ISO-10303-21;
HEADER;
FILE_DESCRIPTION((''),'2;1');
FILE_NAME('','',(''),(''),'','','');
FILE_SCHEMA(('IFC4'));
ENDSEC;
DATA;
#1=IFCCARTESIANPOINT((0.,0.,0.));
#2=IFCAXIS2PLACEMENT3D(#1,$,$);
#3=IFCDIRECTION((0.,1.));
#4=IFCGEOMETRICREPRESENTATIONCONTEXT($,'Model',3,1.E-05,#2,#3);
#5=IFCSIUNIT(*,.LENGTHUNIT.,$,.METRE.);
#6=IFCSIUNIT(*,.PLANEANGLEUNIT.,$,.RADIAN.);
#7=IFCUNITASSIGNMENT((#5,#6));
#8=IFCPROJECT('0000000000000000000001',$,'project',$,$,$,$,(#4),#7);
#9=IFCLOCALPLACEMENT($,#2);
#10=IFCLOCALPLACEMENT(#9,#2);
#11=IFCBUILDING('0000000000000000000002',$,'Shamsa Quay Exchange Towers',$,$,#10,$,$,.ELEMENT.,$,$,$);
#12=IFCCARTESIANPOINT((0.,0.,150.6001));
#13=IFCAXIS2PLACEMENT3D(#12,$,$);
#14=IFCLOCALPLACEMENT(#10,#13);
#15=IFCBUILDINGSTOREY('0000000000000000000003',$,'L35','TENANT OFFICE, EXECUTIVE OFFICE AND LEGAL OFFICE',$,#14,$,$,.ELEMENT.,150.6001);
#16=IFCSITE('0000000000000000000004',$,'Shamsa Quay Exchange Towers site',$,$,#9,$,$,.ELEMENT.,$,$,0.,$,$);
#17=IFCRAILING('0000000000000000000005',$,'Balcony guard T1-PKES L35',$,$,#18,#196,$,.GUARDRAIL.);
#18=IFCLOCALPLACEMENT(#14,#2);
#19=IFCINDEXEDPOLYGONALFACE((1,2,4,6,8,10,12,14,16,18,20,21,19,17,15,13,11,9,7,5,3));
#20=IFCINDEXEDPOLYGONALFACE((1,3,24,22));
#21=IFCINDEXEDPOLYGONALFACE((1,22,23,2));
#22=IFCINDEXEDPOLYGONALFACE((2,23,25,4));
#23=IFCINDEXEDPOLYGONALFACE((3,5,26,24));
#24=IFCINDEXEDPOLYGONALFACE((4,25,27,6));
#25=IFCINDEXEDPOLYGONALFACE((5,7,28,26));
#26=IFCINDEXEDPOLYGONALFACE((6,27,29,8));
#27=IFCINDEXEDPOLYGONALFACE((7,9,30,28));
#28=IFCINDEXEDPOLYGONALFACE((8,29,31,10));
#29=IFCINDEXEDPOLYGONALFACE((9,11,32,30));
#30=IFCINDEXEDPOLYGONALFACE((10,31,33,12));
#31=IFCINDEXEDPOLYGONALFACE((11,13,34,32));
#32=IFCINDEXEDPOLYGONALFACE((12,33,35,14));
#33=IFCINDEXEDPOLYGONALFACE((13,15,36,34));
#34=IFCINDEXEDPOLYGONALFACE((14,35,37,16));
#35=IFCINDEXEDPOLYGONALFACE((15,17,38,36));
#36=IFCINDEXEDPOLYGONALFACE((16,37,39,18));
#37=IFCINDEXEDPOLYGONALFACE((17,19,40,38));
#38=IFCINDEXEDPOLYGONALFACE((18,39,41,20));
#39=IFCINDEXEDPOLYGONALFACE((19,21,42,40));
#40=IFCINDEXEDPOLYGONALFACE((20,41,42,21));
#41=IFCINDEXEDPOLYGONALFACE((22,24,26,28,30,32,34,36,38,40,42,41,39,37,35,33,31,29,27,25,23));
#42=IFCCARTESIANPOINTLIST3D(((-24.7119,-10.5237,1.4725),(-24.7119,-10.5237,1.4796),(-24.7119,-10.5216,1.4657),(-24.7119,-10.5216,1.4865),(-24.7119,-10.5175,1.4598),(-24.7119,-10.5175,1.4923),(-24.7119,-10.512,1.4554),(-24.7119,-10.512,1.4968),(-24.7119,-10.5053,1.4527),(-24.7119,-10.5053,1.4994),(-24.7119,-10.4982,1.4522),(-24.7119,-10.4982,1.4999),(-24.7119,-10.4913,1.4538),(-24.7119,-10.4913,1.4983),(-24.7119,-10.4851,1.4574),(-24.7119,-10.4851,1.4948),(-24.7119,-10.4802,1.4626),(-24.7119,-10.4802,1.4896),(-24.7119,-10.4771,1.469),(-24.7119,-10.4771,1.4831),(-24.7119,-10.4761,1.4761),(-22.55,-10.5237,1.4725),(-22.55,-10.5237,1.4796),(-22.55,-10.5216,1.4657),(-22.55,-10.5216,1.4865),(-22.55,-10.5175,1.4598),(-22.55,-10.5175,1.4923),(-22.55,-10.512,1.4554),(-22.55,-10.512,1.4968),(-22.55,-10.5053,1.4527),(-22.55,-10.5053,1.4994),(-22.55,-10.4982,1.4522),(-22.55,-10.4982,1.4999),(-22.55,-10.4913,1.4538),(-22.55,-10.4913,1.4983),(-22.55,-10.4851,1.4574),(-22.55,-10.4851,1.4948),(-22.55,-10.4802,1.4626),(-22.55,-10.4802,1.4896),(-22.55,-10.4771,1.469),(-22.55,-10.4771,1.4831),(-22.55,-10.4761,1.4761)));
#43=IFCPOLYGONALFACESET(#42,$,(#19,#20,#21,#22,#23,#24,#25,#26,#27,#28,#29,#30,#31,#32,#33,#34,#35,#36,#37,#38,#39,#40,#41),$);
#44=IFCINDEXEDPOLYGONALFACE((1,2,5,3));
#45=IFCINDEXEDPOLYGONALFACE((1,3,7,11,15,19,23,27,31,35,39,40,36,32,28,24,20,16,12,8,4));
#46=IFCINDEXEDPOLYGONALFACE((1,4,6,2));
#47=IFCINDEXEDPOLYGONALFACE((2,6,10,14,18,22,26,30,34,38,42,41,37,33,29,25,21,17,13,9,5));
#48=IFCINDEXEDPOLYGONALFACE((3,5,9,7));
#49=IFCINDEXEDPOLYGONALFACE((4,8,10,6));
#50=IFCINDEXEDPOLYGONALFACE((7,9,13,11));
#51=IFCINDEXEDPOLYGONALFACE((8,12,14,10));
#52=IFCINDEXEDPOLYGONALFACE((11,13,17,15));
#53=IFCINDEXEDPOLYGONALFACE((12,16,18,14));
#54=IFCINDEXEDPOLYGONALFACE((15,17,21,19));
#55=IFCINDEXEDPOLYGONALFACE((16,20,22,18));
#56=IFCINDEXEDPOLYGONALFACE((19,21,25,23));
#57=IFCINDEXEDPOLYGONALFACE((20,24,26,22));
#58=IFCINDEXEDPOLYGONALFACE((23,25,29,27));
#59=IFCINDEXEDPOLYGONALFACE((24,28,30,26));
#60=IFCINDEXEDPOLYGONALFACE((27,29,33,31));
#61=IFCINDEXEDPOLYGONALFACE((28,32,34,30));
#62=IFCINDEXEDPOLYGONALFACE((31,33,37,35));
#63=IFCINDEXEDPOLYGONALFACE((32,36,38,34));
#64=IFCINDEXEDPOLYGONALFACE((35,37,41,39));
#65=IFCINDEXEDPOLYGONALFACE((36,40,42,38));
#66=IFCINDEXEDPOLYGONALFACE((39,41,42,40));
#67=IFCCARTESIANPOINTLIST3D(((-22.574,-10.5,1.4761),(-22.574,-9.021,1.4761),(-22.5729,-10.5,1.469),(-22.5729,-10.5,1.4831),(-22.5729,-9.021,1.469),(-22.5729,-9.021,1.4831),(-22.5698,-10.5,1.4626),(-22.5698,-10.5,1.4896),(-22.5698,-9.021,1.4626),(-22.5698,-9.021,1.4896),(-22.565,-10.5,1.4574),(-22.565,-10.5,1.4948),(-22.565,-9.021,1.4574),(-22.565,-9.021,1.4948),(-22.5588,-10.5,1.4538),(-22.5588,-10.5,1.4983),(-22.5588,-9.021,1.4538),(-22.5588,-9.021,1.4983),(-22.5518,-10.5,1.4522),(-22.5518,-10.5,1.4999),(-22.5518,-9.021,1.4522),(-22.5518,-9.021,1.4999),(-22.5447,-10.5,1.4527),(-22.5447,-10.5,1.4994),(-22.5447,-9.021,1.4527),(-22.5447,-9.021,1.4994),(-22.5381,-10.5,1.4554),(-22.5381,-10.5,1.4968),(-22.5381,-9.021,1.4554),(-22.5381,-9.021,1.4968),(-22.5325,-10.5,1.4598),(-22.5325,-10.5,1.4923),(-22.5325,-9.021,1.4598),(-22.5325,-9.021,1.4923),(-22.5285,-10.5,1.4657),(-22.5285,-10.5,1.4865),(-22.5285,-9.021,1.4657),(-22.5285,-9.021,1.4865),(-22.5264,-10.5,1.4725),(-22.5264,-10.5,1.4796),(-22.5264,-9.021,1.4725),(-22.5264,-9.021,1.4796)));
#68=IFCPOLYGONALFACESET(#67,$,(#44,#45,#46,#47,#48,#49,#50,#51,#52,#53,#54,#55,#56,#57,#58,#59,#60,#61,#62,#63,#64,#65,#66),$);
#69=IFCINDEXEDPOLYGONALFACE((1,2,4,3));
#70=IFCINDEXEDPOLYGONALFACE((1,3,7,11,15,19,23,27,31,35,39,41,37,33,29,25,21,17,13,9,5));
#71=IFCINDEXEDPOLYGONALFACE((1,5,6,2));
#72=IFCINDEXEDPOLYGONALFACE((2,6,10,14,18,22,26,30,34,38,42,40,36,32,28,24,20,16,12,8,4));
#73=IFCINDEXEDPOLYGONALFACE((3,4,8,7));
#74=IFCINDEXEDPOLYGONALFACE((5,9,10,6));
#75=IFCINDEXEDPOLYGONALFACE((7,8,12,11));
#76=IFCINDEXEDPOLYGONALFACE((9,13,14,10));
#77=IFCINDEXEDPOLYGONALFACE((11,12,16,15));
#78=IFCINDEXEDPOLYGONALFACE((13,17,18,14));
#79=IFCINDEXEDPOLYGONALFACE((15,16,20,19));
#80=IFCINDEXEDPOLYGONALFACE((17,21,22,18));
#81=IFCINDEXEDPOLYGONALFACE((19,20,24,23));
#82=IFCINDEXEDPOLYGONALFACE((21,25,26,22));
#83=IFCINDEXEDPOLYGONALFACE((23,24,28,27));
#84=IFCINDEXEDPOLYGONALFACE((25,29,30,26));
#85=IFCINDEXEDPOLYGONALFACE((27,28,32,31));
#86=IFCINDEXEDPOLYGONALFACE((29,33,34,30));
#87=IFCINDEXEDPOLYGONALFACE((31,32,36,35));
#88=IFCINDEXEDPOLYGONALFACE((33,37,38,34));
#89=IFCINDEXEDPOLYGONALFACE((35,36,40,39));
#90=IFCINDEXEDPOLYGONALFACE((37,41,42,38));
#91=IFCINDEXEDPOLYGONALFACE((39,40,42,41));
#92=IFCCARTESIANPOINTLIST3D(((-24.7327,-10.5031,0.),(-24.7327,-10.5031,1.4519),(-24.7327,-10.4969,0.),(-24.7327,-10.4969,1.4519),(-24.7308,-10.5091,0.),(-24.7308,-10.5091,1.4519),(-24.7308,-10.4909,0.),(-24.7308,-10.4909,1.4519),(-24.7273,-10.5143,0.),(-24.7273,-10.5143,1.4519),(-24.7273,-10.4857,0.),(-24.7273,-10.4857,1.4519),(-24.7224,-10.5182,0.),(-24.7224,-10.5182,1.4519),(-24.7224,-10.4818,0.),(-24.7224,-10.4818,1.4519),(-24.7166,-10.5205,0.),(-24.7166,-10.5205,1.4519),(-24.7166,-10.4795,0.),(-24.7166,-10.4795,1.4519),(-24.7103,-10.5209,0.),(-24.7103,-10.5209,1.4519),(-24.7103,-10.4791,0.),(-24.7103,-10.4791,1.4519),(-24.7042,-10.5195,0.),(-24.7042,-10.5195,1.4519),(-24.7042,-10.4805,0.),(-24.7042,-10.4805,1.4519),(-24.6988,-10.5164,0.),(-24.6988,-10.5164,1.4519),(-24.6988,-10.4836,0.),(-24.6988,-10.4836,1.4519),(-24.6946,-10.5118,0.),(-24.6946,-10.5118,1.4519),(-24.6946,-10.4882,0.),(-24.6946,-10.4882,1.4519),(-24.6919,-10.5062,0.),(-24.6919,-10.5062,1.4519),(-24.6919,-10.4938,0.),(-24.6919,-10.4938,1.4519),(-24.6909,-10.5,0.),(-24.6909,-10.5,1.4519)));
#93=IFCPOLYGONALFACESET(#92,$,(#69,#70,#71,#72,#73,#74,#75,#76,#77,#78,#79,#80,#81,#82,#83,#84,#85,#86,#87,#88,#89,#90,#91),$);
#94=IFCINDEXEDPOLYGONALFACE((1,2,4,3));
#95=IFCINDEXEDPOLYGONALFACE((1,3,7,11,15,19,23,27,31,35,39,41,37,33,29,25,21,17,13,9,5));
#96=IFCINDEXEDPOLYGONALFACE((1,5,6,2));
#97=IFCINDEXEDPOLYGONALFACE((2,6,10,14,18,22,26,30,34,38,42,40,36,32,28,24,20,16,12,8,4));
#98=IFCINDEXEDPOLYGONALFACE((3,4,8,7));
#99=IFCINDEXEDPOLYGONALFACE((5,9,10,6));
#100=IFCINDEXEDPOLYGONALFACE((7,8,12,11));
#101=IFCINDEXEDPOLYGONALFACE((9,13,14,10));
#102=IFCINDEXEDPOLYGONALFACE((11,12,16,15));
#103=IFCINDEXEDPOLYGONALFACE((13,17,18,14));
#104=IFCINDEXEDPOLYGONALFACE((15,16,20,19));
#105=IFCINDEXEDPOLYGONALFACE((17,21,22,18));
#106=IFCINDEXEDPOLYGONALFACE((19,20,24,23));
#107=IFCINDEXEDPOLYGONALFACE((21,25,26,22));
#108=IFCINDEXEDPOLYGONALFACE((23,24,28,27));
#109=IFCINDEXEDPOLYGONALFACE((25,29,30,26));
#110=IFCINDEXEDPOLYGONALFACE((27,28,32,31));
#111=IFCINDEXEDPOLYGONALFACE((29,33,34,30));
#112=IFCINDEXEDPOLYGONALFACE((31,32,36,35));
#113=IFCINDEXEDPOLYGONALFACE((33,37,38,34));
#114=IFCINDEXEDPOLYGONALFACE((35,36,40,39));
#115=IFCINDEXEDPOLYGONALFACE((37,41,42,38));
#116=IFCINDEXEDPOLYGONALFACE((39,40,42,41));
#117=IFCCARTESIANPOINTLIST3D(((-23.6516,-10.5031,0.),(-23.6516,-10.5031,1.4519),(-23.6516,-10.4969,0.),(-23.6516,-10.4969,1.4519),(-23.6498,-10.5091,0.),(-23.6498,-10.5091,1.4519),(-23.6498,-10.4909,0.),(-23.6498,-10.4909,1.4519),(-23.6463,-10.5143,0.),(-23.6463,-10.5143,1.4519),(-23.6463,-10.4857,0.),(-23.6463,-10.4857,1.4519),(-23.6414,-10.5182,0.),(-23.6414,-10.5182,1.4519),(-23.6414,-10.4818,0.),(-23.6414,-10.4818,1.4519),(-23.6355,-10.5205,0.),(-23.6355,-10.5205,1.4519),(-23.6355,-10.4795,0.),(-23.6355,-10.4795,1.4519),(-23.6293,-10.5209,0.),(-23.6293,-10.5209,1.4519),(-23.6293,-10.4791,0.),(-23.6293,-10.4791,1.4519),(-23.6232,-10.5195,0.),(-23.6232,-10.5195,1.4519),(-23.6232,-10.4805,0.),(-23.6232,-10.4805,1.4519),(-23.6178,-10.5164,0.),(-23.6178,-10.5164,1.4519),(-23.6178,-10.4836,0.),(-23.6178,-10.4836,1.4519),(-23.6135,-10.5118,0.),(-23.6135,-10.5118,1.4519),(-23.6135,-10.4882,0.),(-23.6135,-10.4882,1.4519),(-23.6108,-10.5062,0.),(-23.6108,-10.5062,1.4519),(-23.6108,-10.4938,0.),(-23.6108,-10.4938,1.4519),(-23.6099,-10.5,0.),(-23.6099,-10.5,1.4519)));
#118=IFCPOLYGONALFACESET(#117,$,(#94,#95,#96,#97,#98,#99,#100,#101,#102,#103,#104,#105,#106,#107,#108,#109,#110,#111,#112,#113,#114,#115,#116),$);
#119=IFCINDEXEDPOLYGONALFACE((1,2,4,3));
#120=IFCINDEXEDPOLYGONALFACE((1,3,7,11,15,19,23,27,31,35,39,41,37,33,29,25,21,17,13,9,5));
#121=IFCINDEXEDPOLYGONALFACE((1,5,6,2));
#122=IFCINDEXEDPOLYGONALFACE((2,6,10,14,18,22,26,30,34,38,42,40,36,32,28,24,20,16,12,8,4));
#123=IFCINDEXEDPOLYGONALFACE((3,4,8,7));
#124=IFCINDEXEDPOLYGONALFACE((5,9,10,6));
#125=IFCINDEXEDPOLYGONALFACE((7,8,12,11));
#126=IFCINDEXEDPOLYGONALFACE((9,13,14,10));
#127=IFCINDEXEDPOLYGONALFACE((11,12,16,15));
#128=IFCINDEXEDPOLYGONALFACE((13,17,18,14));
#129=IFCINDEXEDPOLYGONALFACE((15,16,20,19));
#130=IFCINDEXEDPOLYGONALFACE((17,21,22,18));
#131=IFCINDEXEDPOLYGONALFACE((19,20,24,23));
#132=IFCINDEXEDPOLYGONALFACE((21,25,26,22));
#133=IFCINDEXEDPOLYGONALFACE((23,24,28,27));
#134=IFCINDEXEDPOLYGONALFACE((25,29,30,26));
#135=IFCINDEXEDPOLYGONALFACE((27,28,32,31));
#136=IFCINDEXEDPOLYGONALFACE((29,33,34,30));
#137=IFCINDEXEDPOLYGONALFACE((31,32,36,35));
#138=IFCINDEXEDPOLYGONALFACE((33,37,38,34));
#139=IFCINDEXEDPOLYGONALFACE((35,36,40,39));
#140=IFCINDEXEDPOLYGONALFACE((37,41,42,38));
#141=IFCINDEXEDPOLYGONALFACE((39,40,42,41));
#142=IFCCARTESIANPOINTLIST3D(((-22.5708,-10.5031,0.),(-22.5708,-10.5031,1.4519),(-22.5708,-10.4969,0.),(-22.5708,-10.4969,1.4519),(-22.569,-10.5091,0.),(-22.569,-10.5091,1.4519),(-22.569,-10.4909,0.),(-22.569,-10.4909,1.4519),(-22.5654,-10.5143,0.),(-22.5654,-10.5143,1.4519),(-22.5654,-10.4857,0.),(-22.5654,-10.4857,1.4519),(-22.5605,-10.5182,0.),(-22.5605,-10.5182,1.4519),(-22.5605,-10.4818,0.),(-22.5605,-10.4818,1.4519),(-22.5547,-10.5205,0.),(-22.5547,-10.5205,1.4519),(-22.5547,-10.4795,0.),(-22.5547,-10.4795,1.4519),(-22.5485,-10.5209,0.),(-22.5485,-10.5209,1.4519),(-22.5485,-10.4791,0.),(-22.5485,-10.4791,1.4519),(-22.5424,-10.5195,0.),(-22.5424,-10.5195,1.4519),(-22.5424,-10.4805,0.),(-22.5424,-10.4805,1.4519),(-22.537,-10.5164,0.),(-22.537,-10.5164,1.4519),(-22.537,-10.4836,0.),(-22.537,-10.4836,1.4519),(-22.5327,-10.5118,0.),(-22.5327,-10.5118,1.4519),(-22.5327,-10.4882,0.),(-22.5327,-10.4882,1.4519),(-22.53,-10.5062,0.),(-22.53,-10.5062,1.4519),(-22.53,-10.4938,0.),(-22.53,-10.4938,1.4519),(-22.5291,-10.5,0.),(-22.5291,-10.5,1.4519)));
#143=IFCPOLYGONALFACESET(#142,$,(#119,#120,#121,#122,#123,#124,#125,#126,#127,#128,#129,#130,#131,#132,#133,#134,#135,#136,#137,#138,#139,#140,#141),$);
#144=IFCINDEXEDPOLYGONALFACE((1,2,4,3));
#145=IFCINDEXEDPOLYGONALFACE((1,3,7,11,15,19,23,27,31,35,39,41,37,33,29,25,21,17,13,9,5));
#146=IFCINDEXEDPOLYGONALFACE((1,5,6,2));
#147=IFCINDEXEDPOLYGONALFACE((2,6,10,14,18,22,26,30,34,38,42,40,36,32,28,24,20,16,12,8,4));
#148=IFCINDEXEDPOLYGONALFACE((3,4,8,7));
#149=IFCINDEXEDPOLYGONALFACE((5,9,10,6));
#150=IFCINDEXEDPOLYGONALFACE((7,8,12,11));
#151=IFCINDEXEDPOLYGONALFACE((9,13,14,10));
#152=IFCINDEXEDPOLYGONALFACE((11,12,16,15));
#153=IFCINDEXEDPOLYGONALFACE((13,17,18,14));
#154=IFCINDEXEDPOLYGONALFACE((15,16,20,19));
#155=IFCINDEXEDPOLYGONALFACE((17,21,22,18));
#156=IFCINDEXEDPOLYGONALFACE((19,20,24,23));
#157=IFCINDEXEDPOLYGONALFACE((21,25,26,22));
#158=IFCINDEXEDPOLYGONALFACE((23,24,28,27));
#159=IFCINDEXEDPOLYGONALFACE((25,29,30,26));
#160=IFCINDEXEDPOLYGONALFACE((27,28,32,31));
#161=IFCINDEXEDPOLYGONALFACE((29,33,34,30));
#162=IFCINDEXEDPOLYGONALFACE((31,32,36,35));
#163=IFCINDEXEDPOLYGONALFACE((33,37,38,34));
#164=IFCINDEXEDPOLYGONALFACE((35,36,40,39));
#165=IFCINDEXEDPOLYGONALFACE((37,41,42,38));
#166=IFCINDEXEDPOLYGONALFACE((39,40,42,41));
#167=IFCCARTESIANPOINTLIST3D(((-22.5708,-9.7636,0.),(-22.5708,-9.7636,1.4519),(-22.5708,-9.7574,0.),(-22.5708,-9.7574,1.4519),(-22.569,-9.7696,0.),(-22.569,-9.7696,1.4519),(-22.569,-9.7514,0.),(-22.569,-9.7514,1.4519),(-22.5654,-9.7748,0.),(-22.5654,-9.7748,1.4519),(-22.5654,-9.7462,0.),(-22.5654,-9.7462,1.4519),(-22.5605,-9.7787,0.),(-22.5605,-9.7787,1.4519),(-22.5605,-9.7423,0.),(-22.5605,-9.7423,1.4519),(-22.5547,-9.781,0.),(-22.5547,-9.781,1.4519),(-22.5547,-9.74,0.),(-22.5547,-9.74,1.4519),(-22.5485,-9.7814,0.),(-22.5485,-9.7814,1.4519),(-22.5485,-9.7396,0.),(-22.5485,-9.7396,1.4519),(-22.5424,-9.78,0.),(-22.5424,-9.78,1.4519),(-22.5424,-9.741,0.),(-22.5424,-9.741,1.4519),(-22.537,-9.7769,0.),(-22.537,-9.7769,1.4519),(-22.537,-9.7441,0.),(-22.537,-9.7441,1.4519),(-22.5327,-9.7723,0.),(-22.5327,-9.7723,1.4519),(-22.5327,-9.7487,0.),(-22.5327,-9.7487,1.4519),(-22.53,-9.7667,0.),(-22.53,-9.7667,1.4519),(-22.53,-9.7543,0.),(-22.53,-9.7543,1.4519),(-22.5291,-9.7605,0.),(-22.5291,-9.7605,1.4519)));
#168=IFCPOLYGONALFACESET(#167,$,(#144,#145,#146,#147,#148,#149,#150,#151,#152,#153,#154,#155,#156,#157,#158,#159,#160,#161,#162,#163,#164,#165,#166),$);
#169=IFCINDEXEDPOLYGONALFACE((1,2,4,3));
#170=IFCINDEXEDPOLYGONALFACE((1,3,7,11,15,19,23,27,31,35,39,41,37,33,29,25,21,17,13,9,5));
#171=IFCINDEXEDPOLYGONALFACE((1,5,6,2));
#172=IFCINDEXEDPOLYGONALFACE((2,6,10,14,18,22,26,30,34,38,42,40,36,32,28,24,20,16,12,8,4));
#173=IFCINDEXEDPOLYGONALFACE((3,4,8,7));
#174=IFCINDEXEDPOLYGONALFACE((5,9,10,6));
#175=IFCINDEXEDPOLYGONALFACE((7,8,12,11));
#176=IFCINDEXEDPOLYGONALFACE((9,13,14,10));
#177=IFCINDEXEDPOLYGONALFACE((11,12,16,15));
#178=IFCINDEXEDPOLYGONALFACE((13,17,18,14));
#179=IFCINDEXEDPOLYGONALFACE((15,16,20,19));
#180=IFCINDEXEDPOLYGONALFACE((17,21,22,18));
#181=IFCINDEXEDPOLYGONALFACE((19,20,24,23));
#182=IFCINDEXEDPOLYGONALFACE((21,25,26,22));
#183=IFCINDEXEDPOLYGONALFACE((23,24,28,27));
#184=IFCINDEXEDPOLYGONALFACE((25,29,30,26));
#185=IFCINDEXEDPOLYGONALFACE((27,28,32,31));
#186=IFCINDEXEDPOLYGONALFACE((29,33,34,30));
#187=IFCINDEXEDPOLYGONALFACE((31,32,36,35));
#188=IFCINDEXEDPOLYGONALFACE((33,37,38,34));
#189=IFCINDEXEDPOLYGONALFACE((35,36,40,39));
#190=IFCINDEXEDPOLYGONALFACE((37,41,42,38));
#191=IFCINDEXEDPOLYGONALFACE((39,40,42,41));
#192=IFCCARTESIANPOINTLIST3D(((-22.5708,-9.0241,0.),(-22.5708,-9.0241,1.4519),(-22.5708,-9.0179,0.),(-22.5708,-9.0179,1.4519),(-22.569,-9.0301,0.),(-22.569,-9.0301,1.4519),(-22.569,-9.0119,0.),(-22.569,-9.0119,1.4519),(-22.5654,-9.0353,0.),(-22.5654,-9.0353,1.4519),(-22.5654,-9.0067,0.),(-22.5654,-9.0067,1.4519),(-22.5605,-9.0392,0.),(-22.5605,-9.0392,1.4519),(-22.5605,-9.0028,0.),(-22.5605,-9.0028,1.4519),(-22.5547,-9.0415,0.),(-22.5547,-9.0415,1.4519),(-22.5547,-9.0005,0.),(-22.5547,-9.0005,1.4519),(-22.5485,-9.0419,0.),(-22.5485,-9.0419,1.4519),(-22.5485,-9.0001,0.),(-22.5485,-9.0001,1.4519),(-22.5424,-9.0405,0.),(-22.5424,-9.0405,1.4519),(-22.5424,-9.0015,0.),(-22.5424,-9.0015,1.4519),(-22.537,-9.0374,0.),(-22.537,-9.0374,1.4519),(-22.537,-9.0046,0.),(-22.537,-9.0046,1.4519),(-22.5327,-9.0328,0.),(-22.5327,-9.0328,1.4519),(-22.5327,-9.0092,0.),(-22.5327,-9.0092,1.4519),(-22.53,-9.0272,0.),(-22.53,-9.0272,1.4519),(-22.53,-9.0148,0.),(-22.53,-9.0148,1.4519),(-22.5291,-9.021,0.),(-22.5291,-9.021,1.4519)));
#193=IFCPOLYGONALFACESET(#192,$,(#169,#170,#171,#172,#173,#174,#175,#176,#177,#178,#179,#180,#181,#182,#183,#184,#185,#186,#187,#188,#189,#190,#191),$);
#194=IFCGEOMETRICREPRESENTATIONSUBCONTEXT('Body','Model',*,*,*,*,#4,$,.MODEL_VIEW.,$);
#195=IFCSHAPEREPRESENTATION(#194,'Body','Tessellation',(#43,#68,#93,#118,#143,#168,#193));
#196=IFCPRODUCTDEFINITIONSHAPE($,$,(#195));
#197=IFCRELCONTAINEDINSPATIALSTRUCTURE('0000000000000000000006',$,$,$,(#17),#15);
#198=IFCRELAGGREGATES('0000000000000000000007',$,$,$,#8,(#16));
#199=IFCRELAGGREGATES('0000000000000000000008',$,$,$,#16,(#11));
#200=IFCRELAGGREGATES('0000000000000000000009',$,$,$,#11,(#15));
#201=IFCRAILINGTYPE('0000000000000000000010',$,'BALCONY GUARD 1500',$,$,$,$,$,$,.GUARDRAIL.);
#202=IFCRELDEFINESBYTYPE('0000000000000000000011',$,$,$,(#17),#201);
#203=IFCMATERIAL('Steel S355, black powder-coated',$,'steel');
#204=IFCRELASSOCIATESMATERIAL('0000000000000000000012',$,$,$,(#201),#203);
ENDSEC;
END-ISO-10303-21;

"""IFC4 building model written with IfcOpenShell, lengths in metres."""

from ifc_helpers import new_model, si_unit, direction, frame, origin, origin_2d, place, context, subcontext, project, spatial, circle, extrude, material, type_object, element, save


model = new_model("IFC4")

# Units and contexts
model_context = context("Model", 3, precision=1e-05, world=origin(), true_north=direction((0.0, 1.0)))
body_context = subcontext(model_context, "Body", "Model", "MODEL_VIEW")
ifc_project = project(units=[si_unit("LENGTHUNIT", "METRE"), si_unit("PLANEANGLEUNIT", "RADIAN")], contexts=[model_context])

# Site, building, storey
site_placement = place(None, origin())
site = spatial("IfcSite", under=ifc_project, at=site_placement, Name="Shamsa Quay Exchange Towers site", CompositionType="ELEMENT", RefElevation=0.0)
building_placement = place(site_placement, origin())
building = spatial("IfcBuilding", under=site, at=building_placement, Name="Shamsa Quay Exchange Towers", CompositionType="ELEMENT")
storey_placement = place(building_placement, frame((0.0, 0.0, 150.6001)))
storey = spatial("IfcBuildingStorey", under=building, at=storey_placement, Name="L35", Description="TENANT OFFICE, EXECUTIVE OFFICE AND LEGAL OFFICE", CompositionType="ELEMENT", Elevation=150.6001)

# Railing
ifc_material_1 = material(Name="Steel S355, black powder-coated", Category="steel")
railing_type_1 = type_object("IfcRailingType", Name="BALCONY GUARD 1500", PredefinedType="GUARDRAIL", material=ifc_material_1)
for number, where, name in (
    (1, (-24.7119, -10.5, 0.0), "Balcony guard T1-PKES L35"),
):
    element("IfcRailing", number, at=place(storey_placement, frame(where)), inside=storey, type_object=railing_type_1, Name=name, PredefinedType="GUARDRAIL", context=body_context, shape_type="SweptSolid", body=[
        extrude(circle(Radius=0.0239, at=origin_2d()), frame((0.0, 0.0, 1.4761), z_axis=(1.0, 0.0, 0.0), x_axis=(0.0, 1.0, 0.0)), (0.0, 0.0, 1.0), 2.1619),
        extrude(circle(Radius=0.0239, at=origin_2d()), frame((2.1619, 0.0, 1.4761), z_axis=(0.0, 1.0, 0.0), x_axis=(-1.0, 0.0, 0.0)), (0.0, 0.0, 1.0), 1.479),
        extrude(circle(Radius=0.021, at=origin_2d()), origin(), (0.0, 0.0, 1.0), 1.4519),
        extrude(circle(Radius=0.021, at=origin_2d()), frame((1.0811, 0.0, 0.0)), (0.0, 0.0, 1.0), 1.4519),
        extrude(circle(Radius=0.021, at=origin_2d()), frame((2.1619, 0.0, 0.0)), (0.0, 0.0, 1.0), 1.4519),
        extrude(circle(Radius=0.021, at=origin_2d()), frame((2.1619, 0.7395, 0.0)), (0.0, 0.0, 1.0), 1.4519),
        extrude(circle(Radius=0.021, at=origin_2d()), frame((2.1619, 1.479, 0.0)), (0.0, 0.0, 1.0), 1.4519),
    ])

save(model, "model.ifc")
